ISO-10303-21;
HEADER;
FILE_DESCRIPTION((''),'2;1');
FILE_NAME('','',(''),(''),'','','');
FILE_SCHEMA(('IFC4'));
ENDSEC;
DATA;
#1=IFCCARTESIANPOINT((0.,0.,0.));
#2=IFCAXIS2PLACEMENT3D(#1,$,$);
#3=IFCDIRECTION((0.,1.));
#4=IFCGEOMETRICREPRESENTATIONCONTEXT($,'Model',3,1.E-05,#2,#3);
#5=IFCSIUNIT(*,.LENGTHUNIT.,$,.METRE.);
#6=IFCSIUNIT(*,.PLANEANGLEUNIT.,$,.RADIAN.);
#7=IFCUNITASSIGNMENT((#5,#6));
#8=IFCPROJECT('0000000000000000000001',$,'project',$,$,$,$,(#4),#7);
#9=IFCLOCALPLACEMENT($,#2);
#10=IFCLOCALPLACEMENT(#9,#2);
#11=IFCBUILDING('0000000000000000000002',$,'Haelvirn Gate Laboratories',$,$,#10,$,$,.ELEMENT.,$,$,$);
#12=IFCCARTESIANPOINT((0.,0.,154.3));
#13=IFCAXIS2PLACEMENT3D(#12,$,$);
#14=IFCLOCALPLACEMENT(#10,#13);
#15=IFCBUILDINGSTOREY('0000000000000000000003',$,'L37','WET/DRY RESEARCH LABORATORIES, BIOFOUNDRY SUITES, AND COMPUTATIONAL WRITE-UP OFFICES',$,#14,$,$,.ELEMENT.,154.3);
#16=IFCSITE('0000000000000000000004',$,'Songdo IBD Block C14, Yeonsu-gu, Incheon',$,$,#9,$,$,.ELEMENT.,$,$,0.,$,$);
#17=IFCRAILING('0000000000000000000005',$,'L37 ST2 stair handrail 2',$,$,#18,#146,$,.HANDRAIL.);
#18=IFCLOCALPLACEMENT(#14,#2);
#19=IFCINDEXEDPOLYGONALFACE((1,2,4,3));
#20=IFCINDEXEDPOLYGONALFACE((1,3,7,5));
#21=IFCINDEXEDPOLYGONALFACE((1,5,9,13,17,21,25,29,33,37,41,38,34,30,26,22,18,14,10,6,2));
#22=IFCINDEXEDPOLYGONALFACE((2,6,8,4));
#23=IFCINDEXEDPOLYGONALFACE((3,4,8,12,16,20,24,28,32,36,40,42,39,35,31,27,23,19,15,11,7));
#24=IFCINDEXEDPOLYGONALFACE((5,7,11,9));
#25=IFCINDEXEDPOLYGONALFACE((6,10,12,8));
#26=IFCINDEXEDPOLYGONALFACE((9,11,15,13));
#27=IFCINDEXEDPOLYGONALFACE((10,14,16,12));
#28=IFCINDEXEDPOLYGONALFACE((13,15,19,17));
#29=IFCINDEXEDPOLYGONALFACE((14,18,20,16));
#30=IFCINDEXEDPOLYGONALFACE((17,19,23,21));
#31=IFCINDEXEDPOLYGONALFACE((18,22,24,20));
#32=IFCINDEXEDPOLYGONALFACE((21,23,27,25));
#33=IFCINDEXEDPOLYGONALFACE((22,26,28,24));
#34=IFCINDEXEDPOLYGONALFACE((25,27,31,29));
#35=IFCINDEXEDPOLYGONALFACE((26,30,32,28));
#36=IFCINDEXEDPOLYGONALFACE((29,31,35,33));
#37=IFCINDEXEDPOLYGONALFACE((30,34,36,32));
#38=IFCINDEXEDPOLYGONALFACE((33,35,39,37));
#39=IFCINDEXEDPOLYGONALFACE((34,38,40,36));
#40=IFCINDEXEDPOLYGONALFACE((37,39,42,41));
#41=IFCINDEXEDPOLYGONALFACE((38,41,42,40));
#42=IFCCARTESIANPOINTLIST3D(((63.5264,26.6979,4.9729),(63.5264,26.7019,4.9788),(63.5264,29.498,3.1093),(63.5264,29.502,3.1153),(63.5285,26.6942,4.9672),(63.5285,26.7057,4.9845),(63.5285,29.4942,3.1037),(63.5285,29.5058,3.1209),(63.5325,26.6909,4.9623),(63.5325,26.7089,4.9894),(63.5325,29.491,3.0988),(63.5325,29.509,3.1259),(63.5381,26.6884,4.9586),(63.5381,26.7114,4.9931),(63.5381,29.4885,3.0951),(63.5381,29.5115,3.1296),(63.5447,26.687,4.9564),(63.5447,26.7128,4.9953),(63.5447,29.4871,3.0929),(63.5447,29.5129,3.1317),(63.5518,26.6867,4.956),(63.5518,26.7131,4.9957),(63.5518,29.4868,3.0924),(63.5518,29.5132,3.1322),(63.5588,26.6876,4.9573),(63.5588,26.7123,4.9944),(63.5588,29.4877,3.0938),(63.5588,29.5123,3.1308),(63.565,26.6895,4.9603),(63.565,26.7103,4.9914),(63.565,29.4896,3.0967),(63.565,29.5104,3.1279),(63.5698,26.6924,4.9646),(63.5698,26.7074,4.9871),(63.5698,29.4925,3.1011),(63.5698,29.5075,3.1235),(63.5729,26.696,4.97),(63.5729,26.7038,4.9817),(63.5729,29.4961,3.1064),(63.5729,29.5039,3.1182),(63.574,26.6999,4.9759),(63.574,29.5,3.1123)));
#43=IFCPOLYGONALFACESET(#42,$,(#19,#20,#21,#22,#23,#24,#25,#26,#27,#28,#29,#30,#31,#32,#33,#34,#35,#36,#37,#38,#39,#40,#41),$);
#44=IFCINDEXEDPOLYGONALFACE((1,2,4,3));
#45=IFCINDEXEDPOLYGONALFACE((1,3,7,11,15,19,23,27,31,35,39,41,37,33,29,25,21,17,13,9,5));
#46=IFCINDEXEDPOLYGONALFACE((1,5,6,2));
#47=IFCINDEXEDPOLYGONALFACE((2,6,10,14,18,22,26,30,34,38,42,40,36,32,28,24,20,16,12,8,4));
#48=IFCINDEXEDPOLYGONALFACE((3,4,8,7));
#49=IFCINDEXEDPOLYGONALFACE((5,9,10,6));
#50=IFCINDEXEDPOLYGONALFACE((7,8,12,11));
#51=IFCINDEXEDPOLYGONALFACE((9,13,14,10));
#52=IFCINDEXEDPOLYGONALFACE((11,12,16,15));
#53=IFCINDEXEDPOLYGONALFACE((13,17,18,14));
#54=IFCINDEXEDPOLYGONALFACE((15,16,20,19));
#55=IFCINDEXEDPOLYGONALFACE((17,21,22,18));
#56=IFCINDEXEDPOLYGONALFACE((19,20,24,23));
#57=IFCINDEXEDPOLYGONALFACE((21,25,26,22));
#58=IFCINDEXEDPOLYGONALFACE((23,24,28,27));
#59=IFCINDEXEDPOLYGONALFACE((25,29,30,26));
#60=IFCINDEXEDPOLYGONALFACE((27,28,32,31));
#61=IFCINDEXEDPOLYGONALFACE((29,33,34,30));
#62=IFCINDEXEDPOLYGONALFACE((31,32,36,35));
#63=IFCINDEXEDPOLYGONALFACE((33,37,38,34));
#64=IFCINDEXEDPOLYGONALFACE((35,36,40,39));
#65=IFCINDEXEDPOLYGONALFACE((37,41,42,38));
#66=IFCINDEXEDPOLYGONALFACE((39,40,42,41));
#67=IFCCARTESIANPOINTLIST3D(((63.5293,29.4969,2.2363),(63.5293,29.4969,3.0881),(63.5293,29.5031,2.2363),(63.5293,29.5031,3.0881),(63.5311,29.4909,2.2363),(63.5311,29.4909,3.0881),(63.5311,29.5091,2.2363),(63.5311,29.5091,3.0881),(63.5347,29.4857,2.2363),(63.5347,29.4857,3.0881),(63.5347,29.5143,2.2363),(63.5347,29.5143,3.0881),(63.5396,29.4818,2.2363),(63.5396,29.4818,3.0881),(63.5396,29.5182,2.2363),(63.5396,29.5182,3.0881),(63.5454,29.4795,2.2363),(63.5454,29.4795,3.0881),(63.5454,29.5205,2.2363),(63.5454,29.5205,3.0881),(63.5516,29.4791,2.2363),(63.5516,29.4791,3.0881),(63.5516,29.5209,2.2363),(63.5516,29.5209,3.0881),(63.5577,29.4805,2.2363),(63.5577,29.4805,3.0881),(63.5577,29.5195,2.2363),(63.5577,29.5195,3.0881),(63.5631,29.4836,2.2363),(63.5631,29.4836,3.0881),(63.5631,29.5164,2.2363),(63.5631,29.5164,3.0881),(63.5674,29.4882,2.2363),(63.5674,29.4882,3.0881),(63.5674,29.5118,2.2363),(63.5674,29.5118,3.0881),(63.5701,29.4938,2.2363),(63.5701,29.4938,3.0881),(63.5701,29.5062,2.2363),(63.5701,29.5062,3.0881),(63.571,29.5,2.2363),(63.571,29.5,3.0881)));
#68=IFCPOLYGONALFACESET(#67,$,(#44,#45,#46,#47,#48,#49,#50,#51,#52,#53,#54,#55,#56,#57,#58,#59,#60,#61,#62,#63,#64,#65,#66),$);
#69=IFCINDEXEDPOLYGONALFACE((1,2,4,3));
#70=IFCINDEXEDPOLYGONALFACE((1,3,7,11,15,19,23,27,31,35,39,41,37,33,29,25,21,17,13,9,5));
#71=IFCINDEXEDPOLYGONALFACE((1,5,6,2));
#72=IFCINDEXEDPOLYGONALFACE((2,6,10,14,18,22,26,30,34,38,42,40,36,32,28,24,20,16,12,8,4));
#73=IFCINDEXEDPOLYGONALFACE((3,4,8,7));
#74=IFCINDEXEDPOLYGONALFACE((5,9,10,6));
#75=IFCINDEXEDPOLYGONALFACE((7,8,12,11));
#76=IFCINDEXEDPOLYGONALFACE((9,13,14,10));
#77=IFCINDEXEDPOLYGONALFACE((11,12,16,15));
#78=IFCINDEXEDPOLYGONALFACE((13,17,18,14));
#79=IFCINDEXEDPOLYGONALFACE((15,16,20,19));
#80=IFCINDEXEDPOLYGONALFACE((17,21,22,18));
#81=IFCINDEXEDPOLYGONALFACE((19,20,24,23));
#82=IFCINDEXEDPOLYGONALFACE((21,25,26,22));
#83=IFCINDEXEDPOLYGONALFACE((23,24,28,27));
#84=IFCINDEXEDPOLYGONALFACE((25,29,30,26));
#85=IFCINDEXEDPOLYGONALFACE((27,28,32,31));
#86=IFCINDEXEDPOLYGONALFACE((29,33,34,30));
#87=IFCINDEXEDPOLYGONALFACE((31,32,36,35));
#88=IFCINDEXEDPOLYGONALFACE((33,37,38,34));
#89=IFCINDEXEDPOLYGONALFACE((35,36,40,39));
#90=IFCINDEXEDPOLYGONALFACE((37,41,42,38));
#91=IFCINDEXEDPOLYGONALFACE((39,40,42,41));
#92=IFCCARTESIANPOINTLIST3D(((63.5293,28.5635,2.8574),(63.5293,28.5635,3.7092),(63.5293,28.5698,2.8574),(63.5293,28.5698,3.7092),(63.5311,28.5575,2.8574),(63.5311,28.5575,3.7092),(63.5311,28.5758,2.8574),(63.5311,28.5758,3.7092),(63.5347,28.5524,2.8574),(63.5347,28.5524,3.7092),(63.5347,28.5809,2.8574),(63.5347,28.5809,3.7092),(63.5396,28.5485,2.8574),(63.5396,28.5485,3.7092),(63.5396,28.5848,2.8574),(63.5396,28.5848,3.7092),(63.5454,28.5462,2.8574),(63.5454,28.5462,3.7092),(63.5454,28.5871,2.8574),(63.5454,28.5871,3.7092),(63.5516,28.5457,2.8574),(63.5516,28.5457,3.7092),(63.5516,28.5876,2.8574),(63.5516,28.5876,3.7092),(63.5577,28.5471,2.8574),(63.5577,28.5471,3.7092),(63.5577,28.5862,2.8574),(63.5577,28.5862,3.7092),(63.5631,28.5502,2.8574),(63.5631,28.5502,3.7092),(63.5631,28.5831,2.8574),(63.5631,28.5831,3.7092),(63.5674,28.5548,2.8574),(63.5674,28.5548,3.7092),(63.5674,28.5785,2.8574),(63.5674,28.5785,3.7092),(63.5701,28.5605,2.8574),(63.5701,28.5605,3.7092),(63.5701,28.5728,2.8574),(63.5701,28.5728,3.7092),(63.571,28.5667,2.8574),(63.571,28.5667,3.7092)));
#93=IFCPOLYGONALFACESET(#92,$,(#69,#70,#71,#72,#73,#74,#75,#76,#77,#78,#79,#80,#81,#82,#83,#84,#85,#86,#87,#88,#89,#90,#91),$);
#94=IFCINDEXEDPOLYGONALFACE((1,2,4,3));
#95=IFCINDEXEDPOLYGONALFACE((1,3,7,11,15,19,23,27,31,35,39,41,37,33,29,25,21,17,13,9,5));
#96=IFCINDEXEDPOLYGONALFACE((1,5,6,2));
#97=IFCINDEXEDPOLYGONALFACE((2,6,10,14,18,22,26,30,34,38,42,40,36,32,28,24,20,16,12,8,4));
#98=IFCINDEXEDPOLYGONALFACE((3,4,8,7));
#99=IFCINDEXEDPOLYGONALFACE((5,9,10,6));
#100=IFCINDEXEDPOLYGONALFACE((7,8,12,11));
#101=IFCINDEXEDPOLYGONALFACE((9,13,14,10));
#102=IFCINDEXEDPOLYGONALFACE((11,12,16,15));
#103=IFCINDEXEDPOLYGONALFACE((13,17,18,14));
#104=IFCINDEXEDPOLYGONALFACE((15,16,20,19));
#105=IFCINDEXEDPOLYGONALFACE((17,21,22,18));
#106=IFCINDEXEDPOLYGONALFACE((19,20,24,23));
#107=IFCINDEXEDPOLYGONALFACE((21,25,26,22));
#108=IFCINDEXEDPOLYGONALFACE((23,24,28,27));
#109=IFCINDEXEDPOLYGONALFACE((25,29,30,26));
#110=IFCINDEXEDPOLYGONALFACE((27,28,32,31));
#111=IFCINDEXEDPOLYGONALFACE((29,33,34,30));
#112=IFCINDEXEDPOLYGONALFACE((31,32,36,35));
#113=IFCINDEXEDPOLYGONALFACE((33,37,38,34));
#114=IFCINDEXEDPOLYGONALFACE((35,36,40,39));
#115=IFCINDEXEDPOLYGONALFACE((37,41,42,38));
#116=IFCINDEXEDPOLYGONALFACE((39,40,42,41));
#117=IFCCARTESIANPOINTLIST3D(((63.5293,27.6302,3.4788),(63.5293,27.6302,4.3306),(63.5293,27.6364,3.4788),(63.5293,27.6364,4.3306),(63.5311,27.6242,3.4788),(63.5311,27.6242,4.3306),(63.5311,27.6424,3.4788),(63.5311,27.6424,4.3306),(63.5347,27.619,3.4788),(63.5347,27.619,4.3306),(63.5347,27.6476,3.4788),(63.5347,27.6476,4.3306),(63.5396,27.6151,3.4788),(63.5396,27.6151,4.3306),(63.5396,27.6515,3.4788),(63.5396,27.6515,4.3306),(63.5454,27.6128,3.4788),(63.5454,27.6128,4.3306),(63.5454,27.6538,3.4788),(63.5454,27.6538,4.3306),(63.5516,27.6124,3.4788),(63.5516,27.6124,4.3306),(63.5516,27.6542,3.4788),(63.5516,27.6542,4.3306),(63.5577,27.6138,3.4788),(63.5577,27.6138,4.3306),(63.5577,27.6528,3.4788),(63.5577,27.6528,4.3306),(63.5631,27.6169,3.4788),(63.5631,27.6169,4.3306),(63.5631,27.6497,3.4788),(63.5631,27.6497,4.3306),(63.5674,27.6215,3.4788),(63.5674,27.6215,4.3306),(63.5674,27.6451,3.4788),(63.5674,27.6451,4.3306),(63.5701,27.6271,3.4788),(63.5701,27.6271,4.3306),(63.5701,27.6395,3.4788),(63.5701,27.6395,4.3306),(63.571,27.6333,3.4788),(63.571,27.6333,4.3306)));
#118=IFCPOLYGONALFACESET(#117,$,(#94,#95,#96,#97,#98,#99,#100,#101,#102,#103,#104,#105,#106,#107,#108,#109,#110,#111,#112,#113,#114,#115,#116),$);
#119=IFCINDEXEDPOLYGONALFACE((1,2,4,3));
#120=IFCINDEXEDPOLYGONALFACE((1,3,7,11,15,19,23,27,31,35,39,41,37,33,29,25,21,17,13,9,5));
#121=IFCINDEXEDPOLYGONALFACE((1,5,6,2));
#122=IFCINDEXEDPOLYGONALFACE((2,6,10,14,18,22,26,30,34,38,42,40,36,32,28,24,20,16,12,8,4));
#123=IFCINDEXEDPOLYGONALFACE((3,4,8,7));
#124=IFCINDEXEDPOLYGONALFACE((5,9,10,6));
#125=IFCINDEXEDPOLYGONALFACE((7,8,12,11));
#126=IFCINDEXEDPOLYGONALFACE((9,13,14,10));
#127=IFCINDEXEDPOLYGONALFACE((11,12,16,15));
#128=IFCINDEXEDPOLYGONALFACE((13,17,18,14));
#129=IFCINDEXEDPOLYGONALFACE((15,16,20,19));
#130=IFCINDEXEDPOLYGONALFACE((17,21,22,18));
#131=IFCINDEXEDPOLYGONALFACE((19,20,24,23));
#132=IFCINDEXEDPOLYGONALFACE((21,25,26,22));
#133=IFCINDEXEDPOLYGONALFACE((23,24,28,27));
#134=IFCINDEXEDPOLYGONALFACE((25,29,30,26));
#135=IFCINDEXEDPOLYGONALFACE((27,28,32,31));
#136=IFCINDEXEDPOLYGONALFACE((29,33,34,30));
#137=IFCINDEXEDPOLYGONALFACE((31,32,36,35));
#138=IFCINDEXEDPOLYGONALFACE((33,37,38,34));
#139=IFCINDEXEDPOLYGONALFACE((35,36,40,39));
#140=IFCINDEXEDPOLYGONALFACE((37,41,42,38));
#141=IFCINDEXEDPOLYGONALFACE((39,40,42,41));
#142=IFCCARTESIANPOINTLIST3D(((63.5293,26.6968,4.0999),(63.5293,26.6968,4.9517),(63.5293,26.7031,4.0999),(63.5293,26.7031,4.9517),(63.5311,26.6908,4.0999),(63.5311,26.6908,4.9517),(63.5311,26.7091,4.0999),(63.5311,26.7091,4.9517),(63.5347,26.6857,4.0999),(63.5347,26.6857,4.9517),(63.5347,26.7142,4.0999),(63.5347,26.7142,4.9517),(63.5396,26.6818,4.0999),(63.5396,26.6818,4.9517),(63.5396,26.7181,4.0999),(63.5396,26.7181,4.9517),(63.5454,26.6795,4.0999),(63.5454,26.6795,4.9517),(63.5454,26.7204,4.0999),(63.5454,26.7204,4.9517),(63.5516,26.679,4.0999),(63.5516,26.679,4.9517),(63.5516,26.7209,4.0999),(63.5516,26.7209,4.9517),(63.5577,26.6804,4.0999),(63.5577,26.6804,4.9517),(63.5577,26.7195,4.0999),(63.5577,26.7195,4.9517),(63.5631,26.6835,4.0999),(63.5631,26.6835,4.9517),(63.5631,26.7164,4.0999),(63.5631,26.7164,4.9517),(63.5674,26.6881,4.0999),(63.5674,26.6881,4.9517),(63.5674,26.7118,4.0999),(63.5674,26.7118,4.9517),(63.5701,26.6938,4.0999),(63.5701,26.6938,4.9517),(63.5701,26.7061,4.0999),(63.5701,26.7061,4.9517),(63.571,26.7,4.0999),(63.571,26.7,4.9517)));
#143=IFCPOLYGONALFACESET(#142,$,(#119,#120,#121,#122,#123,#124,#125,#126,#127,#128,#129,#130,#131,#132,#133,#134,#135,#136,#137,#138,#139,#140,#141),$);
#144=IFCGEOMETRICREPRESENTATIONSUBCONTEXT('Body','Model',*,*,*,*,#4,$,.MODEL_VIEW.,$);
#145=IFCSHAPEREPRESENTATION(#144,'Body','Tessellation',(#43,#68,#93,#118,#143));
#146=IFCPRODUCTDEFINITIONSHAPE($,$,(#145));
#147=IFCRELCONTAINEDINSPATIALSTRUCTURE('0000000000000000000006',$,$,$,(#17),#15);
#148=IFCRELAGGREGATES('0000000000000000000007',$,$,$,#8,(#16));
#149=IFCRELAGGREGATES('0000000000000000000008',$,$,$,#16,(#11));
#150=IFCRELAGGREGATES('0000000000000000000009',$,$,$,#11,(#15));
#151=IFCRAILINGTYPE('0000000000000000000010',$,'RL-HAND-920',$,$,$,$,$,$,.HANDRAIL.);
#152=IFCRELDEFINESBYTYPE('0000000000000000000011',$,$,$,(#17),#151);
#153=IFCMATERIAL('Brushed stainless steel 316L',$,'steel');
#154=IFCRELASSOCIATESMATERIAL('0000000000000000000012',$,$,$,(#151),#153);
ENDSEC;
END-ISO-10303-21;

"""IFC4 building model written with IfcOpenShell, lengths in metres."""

from ifc_helpers import new_model, si_unit, direction, frame, origin, origin_2d, place, context, subcontext, project, spatial, circle, extrude, source, transform, mapped, material, type_object, element, save


model = new_model("IFC4")

# Units and contexts
model_context = context("Model", 3, precision=1e-05, world=origin(), true_north=direction((0.0, 1.0)))
body_context = subcontext(model_context, "Body", "Model", "MODEL_VIEW")
ifc_project = project(units=[si_unit("LENGTHUNIT", "METRE"), si_unit("PLANEANGLEUNIT", "RADIAN")], contexts=[model_context])

# Site, building, storey
site_placement = place(None, origin())
site = spatial("IfcSite", under=ifc_project, at=site_placement, Name="Songdo IBD Block C14, Yeonsu-gu, Incheon", CompositionType="ELEMENT", RefElevation=0.0)
building_placement = place(site_placement, origin())
building = spatial("IfcBuilding", under=site, at=building_placement, Name="Haelvirn Gate Laboratories", CompositionType="ELEMENT")
storey_placement = place(building_placement, frame((0.0, 0.0, 154.3)))
storey = spatial("IfcBuildingStorey", under=building, at=storey_placement, Name="L37", Description="WET/DRY RESEARCH LABORATORIES, BIOFOUNDRY SUITES, AND COMPUTATIONAL WRITE-UP OFFICES", CompositionType="ELEMENT", Elevation=154.3)

# Railing
ifc_material_1 = material(Name="Brushed stainless steel 316L", Category="steel")
railing_type_1 = type_object("IfcRailingType", Name="RL-HAND-920", PredefinedType="HANDRAIL", material=ifc_material_1)
shared_shape_1 = source(origin(), body_context, "Body", "SweptSolid", [
    extrude(circle(Radius=0.0239, at=origin_2d()), frame((0.0, 0.0, 0.876), z_axis=(0.0, -0.832486, 0.554047), x_axis=(1.0, 0.0, 0.0)), (0.0, 0.0, 1.0), 3.3635),
    extrude(circle(Radius=0.021, at=origin_2d()), origin(), (0.0, 0.0, 1.0), 0.8518),
    extrude(circle(Radius=0.021, at=origin_2d()), frame((0.0, -0.9333, 0.6211)), (0.0, 0.0, 1.0), 0.8518),
    extrude(circle(Radius=0.021, at=origin_2d()), frame((0.0, -1.8667, 1.2424)), (0.0, 0.0, 1.0), 0.8518),
    extrude(circle(Radius=0.021, at=origin_2d()), frame((0.0, -2.8, 1.8635)), (0.0, 0.0, 1.0), 0.8518),
])
railing_1_placement = place(storey_placement, frame((63.55, 29.5, 2.2363)))
element("IfcRailing", 1, at=railing_1_placement, inside=storey, type_object=railing_type_1, Name="L37 ST2 stair handrail 2", PredefinedType="HANDRAIL", context=body_context, shape_type="MappedRepresentation", body=[
    mapped(shared_shape_1, transform((0.0, 0.0, 0.0), scale=1.0)),
])

save(model, "model.ifc")
